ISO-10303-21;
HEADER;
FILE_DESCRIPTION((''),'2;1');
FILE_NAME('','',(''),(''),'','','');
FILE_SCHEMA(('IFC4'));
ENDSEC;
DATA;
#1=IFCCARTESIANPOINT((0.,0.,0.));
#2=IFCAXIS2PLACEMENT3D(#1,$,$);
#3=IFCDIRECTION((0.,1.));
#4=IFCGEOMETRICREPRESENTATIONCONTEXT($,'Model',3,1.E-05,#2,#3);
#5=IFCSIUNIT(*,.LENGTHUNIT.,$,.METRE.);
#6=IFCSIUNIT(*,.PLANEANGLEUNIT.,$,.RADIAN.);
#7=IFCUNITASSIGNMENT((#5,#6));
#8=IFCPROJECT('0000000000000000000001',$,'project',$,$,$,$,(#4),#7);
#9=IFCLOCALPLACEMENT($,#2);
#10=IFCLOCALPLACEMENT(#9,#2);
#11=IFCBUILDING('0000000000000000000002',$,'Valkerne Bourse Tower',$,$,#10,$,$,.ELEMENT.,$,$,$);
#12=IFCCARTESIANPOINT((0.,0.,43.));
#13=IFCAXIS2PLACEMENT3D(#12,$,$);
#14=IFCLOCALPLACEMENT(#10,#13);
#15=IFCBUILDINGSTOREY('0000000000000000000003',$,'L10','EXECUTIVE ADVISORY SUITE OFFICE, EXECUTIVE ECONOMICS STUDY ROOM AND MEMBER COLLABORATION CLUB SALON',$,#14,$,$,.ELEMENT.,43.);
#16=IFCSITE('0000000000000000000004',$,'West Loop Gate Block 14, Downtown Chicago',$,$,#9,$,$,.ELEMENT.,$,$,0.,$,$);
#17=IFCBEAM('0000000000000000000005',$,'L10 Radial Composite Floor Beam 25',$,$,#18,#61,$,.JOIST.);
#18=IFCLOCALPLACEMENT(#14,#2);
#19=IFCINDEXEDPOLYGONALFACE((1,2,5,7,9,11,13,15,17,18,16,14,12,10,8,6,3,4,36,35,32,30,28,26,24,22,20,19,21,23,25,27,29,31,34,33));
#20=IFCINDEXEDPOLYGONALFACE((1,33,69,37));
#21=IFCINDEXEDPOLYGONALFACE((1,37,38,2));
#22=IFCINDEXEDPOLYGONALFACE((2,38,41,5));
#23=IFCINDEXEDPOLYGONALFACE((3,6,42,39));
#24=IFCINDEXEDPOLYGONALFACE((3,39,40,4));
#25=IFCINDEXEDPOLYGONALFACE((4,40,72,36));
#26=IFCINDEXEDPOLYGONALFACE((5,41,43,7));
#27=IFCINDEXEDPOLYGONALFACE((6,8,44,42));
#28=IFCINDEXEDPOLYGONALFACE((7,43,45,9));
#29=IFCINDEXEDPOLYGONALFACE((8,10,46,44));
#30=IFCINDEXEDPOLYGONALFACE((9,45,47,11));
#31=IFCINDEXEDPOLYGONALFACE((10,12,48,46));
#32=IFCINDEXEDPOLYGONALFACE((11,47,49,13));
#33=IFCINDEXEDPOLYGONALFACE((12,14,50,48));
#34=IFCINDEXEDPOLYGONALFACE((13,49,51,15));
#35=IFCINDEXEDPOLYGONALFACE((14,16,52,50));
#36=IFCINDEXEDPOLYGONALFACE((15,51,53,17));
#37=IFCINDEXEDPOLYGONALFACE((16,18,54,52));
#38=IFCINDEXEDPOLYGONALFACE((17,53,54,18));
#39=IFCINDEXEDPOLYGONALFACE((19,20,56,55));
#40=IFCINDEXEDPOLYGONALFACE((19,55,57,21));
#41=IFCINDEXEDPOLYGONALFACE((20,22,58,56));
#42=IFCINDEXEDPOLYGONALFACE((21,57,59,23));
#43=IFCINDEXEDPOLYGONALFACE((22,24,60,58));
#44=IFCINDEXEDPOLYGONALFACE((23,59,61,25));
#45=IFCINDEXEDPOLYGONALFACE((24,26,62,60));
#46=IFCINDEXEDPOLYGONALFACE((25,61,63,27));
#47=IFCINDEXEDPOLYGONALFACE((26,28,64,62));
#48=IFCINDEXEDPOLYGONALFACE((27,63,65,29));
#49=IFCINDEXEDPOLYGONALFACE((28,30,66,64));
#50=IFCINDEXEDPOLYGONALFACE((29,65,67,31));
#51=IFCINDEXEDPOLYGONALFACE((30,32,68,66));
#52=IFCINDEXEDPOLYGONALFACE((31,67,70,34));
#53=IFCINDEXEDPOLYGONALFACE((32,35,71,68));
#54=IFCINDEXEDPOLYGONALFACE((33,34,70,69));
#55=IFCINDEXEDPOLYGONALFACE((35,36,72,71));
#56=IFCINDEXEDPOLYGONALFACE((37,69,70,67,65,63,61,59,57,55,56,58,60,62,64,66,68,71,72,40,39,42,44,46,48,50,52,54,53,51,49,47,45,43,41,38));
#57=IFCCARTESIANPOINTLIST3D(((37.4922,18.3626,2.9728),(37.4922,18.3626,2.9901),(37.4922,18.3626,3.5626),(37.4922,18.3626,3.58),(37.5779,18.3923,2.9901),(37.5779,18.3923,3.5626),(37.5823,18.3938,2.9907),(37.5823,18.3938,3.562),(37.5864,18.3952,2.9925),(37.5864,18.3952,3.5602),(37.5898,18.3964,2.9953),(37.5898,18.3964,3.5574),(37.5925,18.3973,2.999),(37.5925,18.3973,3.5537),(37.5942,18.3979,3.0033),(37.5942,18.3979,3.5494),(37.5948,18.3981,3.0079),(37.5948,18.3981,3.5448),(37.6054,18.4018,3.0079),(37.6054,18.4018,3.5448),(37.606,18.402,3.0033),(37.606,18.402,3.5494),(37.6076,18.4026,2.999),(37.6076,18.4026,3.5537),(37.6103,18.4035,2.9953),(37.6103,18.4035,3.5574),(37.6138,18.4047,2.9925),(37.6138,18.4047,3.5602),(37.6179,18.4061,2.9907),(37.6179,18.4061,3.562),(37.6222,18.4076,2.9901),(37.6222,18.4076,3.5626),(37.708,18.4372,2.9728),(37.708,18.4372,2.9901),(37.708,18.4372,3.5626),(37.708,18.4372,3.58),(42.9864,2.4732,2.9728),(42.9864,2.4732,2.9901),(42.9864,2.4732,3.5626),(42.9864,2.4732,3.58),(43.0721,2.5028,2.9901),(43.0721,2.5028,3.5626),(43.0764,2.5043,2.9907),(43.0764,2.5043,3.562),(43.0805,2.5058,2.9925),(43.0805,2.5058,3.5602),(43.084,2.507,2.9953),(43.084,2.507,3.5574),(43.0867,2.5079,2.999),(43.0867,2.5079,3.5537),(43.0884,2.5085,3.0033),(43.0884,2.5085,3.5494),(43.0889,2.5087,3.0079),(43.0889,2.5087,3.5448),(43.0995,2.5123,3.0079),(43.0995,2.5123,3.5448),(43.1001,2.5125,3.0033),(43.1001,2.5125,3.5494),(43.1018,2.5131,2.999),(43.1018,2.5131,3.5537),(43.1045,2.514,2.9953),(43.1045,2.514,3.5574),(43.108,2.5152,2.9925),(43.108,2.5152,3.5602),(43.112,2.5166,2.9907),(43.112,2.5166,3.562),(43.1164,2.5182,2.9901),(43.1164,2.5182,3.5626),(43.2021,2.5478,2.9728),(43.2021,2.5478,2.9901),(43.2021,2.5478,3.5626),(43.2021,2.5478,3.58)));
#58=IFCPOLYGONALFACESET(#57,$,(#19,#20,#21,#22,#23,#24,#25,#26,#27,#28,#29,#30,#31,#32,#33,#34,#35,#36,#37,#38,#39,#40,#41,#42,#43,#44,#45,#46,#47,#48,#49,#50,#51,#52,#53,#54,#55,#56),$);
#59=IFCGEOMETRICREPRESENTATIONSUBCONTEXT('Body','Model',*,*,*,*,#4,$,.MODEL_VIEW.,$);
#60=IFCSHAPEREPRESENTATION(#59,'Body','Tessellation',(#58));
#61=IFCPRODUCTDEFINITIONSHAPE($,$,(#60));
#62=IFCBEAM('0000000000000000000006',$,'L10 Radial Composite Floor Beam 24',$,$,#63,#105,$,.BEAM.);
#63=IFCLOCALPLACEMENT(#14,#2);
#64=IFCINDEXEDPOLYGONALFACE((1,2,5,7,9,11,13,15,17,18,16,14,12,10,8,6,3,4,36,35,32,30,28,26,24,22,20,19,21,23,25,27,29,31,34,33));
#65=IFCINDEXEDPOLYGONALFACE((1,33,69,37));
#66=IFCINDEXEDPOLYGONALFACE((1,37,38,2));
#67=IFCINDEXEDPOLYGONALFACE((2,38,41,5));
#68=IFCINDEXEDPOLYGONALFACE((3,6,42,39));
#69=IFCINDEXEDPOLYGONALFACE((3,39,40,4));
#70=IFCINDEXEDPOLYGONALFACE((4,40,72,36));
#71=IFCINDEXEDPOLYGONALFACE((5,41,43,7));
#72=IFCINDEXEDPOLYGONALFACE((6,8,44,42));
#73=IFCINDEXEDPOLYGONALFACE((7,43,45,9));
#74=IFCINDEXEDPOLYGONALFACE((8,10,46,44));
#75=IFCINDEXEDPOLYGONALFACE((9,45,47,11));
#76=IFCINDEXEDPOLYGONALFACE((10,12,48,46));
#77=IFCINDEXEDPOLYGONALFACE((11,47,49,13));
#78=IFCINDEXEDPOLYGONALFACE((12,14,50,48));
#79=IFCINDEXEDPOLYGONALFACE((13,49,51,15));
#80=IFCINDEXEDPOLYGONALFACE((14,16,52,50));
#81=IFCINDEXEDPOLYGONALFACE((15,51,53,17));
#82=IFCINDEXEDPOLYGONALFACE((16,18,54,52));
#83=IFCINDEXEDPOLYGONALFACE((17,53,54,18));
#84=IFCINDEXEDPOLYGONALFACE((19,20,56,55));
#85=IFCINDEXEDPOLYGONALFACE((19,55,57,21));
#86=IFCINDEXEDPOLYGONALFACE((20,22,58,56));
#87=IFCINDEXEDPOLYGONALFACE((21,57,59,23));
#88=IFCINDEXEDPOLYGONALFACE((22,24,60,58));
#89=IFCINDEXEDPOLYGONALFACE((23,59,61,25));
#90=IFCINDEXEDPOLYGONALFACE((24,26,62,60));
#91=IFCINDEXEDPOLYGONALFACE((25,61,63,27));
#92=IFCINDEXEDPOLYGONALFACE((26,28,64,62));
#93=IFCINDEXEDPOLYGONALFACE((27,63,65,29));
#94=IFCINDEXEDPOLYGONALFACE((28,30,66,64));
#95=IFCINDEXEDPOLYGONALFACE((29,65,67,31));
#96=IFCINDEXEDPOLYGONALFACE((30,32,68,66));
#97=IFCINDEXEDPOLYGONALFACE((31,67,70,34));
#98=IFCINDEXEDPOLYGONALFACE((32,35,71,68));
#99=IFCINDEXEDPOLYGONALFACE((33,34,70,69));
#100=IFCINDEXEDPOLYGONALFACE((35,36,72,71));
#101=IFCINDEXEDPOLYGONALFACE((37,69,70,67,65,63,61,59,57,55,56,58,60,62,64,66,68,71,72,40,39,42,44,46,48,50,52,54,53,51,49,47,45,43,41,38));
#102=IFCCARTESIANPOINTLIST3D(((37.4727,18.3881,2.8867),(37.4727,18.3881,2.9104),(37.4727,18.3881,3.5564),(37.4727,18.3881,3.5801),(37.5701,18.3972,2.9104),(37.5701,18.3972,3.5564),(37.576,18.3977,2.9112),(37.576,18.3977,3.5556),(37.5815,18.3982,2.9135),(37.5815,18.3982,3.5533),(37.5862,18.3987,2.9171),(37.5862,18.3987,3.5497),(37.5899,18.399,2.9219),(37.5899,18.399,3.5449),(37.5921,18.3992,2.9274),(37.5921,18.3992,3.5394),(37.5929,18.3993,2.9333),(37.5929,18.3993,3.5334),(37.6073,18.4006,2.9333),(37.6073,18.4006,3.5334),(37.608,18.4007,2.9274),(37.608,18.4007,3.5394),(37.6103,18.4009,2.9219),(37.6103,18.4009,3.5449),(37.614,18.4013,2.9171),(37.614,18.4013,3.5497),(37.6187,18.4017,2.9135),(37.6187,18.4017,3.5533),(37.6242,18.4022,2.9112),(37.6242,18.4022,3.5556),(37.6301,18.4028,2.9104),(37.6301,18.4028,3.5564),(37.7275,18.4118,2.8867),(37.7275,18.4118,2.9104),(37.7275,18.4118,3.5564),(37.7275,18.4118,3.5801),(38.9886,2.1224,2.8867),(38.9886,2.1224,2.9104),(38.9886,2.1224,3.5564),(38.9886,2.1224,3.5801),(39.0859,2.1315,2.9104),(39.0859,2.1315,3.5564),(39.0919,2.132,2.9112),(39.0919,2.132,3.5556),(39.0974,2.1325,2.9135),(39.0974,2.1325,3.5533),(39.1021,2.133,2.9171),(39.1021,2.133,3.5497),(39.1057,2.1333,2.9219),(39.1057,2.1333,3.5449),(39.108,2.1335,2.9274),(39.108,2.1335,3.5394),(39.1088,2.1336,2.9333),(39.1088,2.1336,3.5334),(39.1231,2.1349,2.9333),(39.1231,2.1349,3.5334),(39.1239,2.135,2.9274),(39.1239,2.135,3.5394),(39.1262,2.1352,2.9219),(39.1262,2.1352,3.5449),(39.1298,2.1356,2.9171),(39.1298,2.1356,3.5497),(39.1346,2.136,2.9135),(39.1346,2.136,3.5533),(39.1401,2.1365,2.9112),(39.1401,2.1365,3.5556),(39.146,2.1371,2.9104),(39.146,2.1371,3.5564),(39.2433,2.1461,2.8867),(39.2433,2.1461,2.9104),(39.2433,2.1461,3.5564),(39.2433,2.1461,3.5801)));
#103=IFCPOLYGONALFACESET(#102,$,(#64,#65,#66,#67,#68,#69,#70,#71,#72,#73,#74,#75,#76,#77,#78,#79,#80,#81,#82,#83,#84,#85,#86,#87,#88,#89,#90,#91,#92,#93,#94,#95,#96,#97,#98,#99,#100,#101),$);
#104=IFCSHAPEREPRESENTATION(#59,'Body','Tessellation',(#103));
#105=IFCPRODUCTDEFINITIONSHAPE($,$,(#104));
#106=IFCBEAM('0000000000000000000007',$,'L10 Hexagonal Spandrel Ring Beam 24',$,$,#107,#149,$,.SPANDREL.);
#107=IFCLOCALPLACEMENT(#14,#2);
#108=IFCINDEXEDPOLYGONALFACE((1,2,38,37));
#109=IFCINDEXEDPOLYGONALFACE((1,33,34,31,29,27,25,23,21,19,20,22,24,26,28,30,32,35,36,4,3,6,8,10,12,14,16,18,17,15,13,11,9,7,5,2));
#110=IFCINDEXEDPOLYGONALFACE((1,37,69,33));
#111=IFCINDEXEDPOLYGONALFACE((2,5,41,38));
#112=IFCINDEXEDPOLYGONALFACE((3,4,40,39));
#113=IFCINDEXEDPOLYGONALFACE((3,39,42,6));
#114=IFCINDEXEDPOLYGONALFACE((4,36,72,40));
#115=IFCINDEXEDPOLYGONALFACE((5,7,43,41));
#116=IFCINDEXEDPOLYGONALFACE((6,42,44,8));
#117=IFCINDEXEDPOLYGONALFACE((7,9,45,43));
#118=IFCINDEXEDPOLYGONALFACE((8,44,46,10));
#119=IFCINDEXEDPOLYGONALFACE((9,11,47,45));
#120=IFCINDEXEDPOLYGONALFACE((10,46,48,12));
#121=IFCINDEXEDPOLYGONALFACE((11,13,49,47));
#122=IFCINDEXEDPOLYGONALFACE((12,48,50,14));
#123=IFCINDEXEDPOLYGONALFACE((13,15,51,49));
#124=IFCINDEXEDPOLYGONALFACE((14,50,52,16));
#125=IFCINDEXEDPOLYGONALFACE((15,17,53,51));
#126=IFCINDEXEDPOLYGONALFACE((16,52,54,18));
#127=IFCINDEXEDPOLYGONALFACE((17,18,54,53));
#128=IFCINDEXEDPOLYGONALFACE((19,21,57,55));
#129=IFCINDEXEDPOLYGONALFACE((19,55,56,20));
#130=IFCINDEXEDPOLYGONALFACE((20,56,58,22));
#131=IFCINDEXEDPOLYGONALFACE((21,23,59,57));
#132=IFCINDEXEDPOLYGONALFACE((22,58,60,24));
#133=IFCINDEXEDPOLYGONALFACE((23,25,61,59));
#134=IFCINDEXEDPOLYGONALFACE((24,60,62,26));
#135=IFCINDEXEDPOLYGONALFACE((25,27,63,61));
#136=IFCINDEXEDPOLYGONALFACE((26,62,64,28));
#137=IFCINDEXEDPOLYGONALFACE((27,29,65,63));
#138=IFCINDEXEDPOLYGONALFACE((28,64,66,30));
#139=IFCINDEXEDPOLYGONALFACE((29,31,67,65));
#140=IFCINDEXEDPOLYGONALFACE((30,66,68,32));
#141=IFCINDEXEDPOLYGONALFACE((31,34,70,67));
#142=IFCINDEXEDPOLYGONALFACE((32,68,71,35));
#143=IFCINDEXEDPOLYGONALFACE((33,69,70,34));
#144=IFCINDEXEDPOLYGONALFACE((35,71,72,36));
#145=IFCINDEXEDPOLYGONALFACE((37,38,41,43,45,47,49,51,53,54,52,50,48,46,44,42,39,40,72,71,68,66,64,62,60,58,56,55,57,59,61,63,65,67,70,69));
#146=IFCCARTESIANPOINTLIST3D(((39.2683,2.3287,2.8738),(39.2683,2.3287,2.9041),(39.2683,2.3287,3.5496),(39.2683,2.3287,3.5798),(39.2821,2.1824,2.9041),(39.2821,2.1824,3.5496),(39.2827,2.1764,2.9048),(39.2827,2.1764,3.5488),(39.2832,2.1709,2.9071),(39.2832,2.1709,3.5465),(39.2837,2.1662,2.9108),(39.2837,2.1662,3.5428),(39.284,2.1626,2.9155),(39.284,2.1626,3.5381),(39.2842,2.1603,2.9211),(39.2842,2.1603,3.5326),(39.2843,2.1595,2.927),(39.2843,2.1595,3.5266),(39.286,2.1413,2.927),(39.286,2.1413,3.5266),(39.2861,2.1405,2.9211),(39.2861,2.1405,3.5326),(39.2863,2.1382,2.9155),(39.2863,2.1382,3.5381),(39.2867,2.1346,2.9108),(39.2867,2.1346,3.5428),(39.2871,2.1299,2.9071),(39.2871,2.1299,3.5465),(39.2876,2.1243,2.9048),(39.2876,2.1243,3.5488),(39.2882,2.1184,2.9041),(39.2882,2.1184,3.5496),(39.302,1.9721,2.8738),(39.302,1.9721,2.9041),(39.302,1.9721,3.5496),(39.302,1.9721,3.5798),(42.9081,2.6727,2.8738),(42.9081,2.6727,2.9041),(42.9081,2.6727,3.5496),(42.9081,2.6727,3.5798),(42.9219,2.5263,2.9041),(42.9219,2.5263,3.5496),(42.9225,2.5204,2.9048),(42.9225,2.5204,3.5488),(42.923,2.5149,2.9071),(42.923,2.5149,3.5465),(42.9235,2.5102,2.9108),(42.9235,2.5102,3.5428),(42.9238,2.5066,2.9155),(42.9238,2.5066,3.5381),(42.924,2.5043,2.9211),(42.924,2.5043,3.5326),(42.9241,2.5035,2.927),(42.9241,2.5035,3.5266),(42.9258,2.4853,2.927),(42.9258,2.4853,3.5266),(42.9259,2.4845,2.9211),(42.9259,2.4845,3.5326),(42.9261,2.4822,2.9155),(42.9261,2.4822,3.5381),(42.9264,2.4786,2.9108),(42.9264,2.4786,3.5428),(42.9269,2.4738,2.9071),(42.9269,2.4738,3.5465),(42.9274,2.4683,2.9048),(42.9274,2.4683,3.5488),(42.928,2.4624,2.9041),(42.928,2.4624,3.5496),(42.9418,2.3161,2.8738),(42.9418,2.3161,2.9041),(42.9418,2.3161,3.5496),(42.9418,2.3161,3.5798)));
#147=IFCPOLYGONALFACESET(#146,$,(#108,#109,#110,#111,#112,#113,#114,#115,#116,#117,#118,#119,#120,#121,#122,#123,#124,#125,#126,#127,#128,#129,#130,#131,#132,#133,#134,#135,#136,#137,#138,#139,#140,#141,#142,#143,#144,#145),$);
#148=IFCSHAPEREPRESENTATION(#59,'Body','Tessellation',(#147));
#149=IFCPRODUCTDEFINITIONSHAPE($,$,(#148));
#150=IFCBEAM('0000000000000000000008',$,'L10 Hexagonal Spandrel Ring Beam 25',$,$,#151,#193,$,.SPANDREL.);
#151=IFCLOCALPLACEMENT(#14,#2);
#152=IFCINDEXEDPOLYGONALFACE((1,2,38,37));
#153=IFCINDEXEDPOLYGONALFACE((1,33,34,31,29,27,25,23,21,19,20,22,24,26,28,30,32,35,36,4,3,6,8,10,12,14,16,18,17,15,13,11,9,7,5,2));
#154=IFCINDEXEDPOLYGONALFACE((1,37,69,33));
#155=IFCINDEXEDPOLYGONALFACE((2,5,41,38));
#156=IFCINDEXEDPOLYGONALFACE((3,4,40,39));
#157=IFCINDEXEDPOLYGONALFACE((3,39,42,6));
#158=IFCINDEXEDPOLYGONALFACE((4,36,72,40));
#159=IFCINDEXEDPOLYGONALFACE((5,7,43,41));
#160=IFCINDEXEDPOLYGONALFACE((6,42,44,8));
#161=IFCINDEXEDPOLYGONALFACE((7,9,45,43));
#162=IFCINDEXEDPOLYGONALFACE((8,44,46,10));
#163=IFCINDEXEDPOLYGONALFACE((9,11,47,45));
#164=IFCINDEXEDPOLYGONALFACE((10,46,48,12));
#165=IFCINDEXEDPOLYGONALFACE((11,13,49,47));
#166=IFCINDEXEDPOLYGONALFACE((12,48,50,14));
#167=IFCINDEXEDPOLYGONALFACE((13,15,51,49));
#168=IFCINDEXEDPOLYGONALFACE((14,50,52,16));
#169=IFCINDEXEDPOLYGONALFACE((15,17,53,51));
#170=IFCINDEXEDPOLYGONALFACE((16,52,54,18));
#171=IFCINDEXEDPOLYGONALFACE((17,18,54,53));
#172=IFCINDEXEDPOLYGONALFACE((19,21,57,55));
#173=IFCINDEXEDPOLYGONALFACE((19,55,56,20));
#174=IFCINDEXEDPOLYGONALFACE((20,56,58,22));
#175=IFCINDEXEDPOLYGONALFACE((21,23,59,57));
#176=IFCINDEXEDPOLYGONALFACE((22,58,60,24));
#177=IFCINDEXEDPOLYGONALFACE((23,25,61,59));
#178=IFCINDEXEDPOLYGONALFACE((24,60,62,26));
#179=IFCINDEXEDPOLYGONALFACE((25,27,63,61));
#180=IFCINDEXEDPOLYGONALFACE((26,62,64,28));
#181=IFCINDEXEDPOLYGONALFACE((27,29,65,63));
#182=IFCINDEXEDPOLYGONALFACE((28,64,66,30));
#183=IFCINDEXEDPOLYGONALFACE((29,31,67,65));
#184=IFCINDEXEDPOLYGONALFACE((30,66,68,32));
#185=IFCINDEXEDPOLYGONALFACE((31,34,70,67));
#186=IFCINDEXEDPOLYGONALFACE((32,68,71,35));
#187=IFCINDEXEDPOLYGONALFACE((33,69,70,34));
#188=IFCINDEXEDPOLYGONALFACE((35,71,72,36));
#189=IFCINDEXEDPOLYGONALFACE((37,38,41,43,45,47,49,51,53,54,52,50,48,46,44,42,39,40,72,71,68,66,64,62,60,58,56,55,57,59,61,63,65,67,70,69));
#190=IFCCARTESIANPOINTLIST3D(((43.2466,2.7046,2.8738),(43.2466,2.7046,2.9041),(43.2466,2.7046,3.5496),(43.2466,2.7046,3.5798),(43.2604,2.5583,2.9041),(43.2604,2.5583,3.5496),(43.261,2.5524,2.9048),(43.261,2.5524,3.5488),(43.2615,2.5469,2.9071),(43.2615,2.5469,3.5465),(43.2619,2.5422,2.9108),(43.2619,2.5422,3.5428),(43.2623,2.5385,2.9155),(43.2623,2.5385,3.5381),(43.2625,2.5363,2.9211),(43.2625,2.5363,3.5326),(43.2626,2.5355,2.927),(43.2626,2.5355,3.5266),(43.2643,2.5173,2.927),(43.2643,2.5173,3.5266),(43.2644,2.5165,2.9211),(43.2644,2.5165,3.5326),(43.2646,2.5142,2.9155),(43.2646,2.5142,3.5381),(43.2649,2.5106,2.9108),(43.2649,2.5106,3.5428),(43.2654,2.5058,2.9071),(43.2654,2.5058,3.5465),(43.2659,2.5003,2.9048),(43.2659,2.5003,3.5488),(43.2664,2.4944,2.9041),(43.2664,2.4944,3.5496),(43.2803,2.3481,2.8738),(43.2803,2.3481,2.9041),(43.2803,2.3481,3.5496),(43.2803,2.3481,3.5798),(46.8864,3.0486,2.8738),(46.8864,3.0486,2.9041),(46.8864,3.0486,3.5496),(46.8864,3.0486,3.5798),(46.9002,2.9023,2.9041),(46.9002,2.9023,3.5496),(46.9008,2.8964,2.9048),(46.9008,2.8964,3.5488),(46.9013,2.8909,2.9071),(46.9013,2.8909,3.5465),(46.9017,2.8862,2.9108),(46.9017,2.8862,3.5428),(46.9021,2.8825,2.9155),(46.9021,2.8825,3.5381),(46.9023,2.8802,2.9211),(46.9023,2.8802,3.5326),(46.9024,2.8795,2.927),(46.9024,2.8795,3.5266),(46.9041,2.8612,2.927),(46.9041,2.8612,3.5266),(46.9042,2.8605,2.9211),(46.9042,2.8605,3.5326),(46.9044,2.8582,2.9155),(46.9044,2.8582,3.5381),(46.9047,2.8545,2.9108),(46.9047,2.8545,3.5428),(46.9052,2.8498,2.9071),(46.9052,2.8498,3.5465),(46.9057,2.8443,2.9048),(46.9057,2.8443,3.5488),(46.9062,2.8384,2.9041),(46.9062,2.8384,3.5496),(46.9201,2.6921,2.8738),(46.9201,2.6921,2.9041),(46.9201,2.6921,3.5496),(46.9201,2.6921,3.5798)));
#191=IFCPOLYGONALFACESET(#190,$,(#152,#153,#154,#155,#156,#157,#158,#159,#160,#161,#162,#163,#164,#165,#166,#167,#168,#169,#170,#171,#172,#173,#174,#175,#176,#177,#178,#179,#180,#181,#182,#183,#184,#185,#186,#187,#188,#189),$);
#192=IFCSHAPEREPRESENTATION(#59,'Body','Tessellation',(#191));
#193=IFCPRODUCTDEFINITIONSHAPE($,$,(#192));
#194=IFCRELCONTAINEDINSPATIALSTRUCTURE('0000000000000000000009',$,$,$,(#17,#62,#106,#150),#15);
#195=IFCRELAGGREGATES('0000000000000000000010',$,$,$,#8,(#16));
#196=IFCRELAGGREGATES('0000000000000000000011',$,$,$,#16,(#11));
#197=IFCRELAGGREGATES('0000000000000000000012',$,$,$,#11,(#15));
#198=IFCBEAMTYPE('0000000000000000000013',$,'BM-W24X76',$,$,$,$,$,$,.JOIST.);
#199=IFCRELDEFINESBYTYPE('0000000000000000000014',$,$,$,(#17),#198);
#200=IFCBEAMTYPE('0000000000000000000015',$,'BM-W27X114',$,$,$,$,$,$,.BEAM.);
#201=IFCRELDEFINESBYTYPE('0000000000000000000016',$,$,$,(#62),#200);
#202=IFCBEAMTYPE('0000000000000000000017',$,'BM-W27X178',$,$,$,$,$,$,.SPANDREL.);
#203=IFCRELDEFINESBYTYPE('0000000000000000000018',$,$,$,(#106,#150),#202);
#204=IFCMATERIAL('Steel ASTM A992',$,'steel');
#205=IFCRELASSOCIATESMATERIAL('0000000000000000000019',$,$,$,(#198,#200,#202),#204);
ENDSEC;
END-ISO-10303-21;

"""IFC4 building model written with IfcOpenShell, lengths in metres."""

from ifc_helpers import new_model, si_unit, direction, frame, origin, origin_2d, place, context, subcontext, project, spatial, i_section, extrude, material, material_profile, profile_set, type_object, element, save


model = new_model("IFC4")

# Units and contexts
model_context = context("Model", 3, precision=1e-05, world=origin(), true_north=direction((0.0, 1.0)))
body_context = subcontext(model_context, "Body", "Model", "MODEL_VIEW")
ifc_project = project(units=[si_unit("LENGTHUNIT", "METRE"), si_unit("PLANEANGLEUNIT", "RADIAN")], contexts=[model_context])

# Site, building, storey
site_placement = place(None, origin())
site = spatial("IfcSite", under=ifc_project, at=site_placement, Name="West Loop Gate Block 14, Downtown Chicago", CompositionType="ELEMENT", RefElevation=0.0)
building_placement = place(site_placement, origin())
building = spatial("IfcBuilding", under=site, at=building_placement, Name="Valkerne Bourse Tower", CompositionType="ELEMENT")
storey_placement = place(building_placement, frame((0.0, 0.0, 43.0)))
storey = spatial("IfcBuildingStorey", under=building, at=storey_placement, Name="L10", Description="EXECUTIVE ADVISORY SUITE OFFICE, EXECUTIVE ECONOMICS STUDY ROOM AND MEMBER COLLABORATION CLUB SALON", CompositionType="ELEMENT", Elevation=43.0)

# Beams
ifc_material_1 = material(Name="Steel ASTM A992", Category="steel")
ifc_material_profile_1 = material_profile(ifc_material_1, i_section(OverallWidth=0.2283, OverallDepth=0.6072, WebThickness=0.0112, FlangeThickness=0.0173, FilletRadius=0.0178, at=origin_2d()), Name="W24X76")
ifc_profile_set_1 = profile_set([ifc_material_profile_1], Name="Steel ASTM A992")
beam_type_1 = type_object("IfcBeamType", Name="BM-W24X76", PredefinedType="JOIST", material=ifc_profile_set_1)
beam_1_placement = place(storey_placement, frame((43.0942, 2.5105, 3.2764), z_axis=(-0.32679, 0.945097, 0.0), x_axis=(-0.945097, -0.32679, 0.0)))
element("IfcBeam", 1, at=beam_1_placement, inside=storey, type_object=beam_type_1, Name="L10 Radial Composite Floor Beam 25", PredefinedType="JOIST", context=body_context, shape_type="SweptSolid", body=[
    extrude(i_section(OverallWidth=0.2283, OverallDepth=0.6072, WebThickness=0.0112, FlangeThickness=0.0173, FilletRadius=0.0178, at=origin_2d()), origin(), (0.0, 0.0, 1.0), 16.8125),
])
ifc_material_profile_2 = material_profile(ifc_material_1, i_section(OverallWidth=0.2559, OverallDepth=0.6934, WebThickness=0.0144, FlangeThickness=0.0237, FilletRadius=0.0229, at=origin_2d()), Name="W27X114")
ifc_profile_set_2 = profile_set([ifc_material_profile_2], Name="Steel ASTM A992")
beam_type_2 = type_object("IfcBeamType", Name="BM-W27X114", PredefinedType="BEAM", material=ifc_profile_set_2)
beam_2_placement = place(storey_placement, frame((39.116, 2.1343, 3.2334), z_axis=(-0.092793, 0.995685, 0.0), x_axis=(-0.995685, -0.092793, 0.0)))
element("IfcBeam", 2, at=beam_2_placement, inside=storey, type_object=beam_type_2, Name="L10 Radial Composite Floor Beam 24", PredefinedType="BEAM", context=body_context, shape_type="SweptSolid", body=[
    extrude(i_section(OverallWidth=0.2559, OverallDepth=0.6934, WebThickness=0.0144, FlangeThickness=0.0237, FilletRadius=0.0229, at=origin_2d()), origin(), (0.0, 0.0, 1.0), 16.3362),
])
ifc_material_profile_3 = material_profile(ifc_material_1, i_section(OverallWidth=0.3582, OverallDepth=0.7061, WebThickness=0.0183, FlangeThickness=0.0303, FilletRadius=0.0229, at=origin_2d()), Name="W27X178")
ifc_profile_set_3 = profile_set([ifc_material_profile_3], Name="Steel ASTM A992")
beam_type_3 = type_object("IfcBeamType", Name="BM-W27X178", PredefinedType="SPANDREL", material=ifc_profile_set_3)
for number, where, z_axis, x_axis, name in (
    (3, (39.2852, 2.1504, 3.2268), (0.995564, 0.094087, 0.0), (-0.094087, 0.995564, 0.0), "L10 Hexagonal Spandrel Ring Beam 24"),
    (4, (43.2634, 2.5264, 3.2268), (0.995564, 0.094087, 0.0), (-0.094087, 0.995564, 0.0), "L10 Hexagonal Spandrel Ring Beam 25"),
):
    element("IfcBeam", number, at=place(storey_placement, frame(where, z_axis=z_axis, x_axis=x_axis)), inside=storey, type_object=beam_type_3, Name=name, PredefinedType="SPANDREL", context=body_context, shape_type="SweptSolid", body=[
        extrude(i_section(OverallWidth=0.3582, OverallDepth=0.7061, WebThickness=0.0183, FlangeThickness=0.0303, FilletRadius=0.0229, at=origin_2d()), origin(), (0.0, 0.0, 1.0), 3.656),
    ])

save(model, "model.ifc")
